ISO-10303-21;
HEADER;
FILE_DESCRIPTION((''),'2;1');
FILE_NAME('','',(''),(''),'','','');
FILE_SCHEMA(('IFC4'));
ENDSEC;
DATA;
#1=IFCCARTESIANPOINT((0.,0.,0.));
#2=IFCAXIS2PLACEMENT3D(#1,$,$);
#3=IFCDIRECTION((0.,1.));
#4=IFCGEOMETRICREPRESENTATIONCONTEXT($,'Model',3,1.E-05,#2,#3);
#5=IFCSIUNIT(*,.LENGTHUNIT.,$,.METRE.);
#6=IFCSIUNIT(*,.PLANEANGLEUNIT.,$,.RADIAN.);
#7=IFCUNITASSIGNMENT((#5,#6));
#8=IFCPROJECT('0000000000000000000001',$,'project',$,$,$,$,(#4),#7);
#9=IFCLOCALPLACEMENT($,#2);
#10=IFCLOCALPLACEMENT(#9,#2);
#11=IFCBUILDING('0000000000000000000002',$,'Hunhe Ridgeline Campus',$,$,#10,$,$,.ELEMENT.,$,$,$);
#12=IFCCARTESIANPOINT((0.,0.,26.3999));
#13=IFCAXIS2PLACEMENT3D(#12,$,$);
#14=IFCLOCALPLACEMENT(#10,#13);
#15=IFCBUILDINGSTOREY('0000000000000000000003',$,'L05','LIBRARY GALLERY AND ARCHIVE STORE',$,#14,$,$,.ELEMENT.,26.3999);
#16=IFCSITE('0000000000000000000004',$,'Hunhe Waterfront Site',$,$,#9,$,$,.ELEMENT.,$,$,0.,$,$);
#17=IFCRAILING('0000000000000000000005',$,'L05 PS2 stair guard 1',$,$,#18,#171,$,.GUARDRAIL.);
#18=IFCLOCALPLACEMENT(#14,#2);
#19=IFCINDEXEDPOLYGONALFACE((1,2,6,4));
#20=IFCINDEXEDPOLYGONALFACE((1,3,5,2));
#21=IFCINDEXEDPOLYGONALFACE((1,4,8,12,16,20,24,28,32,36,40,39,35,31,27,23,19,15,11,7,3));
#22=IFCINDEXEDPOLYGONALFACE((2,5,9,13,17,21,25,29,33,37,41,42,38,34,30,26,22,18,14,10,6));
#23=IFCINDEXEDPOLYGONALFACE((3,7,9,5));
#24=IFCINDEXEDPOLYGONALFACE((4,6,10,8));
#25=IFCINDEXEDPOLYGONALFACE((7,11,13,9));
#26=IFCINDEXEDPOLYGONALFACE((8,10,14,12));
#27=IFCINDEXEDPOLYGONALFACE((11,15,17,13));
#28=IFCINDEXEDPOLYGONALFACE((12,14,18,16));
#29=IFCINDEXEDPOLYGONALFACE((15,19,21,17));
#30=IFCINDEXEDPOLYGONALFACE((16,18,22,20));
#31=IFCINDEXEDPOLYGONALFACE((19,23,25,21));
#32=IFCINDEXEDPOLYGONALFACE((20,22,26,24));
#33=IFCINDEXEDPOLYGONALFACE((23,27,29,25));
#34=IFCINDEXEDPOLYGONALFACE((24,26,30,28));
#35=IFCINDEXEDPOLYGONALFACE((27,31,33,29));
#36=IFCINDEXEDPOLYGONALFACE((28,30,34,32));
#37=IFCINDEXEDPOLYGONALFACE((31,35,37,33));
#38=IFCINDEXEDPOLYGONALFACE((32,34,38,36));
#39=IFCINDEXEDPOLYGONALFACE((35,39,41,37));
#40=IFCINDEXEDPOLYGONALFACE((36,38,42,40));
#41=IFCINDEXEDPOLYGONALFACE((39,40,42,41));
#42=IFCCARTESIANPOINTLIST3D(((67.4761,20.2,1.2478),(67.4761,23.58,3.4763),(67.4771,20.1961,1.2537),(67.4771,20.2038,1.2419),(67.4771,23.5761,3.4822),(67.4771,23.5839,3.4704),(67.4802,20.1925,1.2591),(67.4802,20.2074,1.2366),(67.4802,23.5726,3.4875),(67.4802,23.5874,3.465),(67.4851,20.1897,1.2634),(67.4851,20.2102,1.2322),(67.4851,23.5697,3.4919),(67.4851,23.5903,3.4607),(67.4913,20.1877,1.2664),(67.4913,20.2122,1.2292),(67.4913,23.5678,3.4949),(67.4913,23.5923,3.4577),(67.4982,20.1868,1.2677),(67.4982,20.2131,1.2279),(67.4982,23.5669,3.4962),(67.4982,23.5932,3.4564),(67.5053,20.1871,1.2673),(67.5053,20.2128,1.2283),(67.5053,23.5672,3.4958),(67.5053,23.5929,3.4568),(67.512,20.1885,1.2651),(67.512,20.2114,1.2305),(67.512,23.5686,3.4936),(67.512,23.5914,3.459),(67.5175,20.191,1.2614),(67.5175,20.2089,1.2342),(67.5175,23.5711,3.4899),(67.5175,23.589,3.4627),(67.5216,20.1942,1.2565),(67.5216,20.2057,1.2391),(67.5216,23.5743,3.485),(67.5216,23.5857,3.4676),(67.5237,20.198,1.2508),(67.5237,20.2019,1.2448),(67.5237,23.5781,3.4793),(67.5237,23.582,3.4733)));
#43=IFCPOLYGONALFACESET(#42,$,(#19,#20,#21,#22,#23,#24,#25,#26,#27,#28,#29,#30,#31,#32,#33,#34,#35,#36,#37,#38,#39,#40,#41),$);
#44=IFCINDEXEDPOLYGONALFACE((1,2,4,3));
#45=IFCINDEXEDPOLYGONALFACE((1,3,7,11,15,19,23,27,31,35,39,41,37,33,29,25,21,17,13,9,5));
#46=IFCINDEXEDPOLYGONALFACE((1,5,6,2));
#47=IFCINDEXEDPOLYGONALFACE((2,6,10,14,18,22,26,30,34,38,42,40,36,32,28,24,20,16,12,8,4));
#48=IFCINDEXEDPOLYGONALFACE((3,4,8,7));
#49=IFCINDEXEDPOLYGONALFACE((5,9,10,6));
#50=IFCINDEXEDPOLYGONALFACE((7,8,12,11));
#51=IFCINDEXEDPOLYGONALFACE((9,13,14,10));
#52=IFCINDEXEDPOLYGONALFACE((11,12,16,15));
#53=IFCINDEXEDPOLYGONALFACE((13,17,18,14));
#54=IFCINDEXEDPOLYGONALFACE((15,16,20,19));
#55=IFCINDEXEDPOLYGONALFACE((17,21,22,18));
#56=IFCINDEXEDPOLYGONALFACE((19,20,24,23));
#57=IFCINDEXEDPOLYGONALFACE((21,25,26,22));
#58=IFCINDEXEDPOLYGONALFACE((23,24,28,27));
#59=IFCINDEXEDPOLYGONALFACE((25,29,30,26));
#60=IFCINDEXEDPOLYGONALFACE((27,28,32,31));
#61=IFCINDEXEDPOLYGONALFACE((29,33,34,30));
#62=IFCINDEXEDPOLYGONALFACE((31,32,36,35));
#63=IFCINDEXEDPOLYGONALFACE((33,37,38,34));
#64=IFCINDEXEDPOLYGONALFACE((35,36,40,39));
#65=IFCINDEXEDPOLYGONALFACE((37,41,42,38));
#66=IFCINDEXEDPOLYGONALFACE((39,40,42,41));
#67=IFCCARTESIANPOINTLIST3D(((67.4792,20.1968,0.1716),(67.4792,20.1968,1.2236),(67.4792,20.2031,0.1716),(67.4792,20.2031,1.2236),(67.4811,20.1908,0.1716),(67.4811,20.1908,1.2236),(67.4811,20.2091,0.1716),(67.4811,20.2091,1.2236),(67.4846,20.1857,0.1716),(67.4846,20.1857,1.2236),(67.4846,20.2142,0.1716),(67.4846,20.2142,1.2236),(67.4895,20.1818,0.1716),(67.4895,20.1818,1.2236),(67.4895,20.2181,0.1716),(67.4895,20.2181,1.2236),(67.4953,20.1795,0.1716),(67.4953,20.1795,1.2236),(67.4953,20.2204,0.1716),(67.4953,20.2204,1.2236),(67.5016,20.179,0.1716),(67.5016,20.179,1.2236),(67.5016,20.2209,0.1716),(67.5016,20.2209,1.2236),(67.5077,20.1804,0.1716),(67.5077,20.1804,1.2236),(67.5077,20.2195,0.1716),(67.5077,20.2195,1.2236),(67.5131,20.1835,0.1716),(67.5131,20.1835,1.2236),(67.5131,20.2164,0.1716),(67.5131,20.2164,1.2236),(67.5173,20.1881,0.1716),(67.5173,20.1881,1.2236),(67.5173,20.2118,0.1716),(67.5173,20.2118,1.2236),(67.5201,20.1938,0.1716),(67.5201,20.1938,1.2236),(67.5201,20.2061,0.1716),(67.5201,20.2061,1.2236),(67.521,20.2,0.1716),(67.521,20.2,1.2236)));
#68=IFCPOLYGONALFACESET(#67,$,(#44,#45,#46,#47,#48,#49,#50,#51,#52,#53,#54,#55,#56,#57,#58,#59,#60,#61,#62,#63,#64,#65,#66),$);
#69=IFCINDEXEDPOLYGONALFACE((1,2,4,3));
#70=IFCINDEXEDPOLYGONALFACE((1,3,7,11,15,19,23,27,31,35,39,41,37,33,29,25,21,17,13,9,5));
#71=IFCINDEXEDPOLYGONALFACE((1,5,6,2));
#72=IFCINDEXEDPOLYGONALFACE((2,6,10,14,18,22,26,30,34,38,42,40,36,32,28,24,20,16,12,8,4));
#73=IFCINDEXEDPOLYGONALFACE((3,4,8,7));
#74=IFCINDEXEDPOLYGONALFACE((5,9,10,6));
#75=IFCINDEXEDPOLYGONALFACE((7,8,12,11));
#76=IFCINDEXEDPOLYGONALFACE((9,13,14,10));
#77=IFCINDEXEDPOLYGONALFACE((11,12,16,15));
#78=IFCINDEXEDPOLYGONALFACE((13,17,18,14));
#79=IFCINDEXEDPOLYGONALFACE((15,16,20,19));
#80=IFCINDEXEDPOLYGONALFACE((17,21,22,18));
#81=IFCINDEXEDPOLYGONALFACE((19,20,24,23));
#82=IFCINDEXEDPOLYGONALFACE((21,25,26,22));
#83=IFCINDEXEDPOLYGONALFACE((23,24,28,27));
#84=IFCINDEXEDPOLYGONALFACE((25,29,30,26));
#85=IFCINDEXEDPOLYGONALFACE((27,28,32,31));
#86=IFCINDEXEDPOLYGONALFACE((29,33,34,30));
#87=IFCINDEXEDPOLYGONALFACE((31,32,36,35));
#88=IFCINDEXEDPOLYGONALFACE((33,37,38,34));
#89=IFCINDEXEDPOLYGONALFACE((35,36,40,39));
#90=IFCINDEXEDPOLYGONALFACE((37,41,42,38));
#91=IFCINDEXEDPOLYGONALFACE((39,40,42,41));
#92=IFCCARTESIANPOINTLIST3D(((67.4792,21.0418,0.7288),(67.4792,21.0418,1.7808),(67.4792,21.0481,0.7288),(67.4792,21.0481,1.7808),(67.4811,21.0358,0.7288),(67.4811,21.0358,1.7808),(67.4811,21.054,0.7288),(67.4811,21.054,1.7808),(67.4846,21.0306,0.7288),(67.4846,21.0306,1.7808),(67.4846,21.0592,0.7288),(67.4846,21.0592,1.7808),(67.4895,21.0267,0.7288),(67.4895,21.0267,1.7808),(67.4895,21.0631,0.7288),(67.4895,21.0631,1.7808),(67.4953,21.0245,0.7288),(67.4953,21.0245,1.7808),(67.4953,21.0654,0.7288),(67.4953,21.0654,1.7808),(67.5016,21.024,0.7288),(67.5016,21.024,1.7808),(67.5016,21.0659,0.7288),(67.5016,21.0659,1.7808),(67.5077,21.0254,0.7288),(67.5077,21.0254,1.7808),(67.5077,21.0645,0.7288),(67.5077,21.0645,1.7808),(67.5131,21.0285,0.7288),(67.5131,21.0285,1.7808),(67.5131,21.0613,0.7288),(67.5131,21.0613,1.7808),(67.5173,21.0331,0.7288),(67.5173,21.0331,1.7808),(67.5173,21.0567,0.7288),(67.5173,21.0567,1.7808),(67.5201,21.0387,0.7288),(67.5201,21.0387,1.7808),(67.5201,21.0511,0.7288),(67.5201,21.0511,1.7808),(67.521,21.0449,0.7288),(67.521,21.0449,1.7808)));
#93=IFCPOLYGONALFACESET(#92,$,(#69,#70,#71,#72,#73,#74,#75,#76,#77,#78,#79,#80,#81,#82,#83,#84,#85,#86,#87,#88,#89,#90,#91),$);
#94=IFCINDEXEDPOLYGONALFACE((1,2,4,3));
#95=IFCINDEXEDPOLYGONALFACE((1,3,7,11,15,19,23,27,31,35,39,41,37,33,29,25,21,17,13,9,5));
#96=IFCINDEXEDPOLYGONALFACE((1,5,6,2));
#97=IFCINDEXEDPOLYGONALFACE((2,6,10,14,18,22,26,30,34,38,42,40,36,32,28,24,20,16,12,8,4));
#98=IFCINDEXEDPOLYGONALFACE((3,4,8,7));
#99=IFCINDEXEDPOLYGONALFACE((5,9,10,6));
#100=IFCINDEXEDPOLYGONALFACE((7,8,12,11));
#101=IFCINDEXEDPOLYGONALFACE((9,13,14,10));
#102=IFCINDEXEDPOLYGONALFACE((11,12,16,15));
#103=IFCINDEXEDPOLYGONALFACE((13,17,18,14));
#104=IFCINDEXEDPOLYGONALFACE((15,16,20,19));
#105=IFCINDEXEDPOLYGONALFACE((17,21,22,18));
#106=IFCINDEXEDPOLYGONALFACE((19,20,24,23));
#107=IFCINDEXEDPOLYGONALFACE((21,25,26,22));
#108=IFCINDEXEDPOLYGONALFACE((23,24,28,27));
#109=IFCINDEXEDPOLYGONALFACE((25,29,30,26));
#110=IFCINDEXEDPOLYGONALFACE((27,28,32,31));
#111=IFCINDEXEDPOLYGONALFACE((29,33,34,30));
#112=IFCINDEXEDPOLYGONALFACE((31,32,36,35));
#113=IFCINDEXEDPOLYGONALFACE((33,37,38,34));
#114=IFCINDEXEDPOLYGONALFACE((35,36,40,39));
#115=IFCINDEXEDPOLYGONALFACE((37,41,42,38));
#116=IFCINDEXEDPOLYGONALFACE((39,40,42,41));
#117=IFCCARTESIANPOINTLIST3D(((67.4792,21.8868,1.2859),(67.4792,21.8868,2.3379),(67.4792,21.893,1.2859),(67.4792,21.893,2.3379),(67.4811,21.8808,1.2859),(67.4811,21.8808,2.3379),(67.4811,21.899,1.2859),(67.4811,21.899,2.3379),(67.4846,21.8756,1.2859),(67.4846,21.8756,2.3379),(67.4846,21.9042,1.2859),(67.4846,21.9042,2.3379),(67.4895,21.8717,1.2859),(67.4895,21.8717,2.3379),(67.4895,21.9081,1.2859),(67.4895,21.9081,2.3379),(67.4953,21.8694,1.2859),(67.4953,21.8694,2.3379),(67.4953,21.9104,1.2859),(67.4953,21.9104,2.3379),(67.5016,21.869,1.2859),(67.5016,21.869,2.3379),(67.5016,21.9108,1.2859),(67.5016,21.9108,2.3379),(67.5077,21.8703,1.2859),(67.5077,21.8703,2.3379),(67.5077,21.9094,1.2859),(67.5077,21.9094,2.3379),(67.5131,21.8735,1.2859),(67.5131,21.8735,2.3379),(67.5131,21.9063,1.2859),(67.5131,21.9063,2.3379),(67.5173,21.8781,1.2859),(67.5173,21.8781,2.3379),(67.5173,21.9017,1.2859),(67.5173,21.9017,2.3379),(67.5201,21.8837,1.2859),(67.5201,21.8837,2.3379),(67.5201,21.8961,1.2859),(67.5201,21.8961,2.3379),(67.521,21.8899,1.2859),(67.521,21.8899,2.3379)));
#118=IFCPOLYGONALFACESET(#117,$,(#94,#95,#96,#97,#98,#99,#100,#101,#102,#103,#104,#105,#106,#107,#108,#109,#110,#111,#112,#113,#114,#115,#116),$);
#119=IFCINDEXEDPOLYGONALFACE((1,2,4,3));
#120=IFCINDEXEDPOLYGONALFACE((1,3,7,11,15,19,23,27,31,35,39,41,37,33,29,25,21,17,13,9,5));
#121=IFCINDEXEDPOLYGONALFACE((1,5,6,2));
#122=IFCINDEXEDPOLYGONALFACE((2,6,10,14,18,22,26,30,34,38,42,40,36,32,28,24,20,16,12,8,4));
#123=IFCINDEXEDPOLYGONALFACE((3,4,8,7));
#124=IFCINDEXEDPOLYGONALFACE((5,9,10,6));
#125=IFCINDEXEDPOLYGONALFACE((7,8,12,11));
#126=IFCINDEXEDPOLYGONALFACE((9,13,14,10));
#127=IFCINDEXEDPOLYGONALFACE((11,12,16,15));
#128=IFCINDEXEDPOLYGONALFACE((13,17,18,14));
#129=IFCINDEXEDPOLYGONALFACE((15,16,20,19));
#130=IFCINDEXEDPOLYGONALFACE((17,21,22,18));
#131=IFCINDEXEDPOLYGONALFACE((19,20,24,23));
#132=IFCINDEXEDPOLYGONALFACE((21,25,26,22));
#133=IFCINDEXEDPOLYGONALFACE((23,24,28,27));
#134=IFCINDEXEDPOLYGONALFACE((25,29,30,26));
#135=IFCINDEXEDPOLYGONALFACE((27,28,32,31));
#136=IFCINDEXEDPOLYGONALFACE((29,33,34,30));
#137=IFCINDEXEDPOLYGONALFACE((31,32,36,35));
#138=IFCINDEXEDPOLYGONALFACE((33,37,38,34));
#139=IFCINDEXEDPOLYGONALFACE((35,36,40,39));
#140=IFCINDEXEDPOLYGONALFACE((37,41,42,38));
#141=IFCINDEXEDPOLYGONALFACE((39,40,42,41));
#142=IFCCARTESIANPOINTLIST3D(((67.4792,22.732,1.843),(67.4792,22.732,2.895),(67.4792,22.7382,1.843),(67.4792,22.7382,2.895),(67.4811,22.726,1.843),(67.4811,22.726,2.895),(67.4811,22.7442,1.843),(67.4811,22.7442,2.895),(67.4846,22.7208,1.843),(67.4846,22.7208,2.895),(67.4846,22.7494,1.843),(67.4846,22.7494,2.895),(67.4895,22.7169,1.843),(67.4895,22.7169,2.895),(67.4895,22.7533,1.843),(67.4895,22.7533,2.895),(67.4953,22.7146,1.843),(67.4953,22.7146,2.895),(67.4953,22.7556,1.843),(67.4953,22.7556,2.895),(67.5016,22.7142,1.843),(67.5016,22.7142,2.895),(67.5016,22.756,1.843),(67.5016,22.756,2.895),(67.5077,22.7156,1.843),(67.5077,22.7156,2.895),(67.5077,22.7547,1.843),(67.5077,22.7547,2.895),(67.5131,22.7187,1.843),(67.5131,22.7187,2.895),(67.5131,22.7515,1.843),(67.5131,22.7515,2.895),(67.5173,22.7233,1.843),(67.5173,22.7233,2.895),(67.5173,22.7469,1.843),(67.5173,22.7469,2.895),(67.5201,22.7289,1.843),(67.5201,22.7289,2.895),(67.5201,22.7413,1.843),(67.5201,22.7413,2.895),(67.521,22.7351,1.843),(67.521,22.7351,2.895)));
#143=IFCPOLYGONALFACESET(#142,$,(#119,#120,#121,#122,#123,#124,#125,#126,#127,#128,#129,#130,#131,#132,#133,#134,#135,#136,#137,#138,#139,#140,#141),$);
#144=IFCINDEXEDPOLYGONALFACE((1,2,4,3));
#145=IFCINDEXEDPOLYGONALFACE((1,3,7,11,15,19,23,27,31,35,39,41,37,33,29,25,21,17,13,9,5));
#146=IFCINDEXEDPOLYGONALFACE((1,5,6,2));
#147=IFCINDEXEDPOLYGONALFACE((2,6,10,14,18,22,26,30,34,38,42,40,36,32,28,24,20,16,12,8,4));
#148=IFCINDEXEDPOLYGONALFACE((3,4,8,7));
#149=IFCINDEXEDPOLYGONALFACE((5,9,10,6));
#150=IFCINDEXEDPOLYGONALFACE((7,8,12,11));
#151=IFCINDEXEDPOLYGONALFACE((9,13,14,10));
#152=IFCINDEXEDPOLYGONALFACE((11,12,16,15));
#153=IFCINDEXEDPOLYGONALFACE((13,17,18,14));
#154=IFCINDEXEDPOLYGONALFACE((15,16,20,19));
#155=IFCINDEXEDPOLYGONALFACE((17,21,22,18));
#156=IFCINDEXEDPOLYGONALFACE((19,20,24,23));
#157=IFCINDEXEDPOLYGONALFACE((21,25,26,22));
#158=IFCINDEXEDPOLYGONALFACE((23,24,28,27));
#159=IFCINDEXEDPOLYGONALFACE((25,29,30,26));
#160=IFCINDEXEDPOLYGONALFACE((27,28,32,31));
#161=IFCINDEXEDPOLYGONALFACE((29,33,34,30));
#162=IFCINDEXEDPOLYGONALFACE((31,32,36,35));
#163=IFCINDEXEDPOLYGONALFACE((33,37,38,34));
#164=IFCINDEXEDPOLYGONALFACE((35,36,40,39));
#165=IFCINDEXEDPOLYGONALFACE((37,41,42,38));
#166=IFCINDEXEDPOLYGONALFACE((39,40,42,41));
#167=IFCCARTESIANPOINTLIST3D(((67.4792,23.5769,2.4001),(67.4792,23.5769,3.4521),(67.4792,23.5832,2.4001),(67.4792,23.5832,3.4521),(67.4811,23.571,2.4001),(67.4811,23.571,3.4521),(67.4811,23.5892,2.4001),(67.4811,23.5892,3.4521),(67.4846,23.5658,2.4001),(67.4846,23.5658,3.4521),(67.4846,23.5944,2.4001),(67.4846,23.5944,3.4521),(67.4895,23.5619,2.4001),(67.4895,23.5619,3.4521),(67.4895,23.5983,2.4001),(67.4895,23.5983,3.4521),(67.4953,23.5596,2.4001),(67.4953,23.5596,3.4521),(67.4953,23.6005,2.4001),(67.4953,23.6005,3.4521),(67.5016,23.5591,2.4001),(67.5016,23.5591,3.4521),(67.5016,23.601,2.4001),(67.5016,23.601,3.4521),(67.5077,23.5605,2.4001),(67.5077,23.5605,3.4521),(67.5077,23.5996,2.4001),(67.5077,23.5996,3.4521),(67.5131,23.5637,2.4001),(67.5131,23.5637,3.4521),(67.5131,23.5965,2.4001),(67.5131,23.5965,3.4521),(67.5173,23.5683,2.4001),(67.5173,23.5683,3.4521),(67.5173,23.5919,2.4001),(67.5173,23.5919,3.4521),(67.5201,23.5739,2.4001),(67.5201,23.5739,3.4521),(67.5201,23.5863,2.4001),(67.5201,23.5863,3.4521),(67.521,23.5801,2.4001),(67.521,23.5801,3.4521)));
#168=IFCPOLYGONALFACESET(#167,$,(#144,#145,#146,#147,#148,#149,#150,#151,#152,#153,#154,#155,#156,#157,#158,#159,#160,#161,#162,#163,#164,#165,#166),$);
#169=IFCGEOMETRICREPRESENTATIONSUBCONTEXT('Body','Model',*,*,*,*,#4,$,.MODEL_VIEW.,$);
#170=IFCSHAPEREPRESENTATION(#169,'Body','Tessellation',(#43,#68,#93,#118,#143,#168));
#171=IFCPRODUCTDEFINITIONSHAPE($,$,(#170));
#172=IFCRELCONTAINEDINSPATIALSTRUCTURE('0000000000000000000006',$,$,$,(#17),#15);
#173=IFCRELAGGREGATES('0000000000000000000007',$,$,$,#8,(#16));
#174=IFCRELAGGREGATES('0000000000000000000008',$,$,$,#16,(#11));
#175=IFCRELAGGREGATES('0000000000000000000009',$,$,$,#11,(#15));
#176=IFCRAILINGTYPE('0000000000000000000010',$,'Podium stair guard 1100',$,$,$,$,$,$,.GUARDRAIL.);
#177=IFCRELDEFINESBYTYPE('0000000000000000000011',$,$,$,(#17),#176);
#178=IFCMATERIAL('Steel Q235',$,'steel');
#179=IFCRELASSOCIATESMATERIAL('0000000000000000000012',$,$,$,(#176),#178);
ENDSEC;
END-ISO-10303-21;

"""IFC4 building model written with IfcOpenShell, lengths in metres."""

from ifc_helpers import new_model, si_unit, direction, frame, origin, origin_2d, place, context, subcontext, project, spatial, circle, extrude, material, type_object, element, save


model = new_model("IFC4")

# Units and contexts
model_context = context("Model", 3, precision=1e-05, world=origin(), true_north=direction((0.0, 1.0)))
body_context = subcontext(model_context, "Body", "Model", "MODEL_VIEW")
ifc_project = project(units=[si_unit("LENGTHUNIT", "METRE"), si_unit("PLANEANGLEUNIT", "RADIAN")], contexts=[model_context])

# Site, building, storey
site_placement = place(None, origin())
site = spatial("IfcSite", under=ifc_project, at=site_placement, Name="Hunhe Waterfront Site", CompositionType="ELEMENT", RefElevation=0.0)
building_placement = place(site_placement, origin())
building = spatial("IfcBuilding", under=site, at=building_placement, Name="Hunhe Ridgeline Campus", CompositionType="ELEMENT")
storey_placement = place(building_placement, frame((0.0, 0.0, 26.3999)))
storey = spatial("IfcBuildingStorey", under=building, at=storey_placement, Name="L05", Description="LIBRARY GALLERY AND ARCHIVE STORE", CompositionType="ELEMENT", Elevation=26.3999)

# Shared definitions
ifc_material_1 = material(Name="Steel Q235", Category="steel")

# Railing
railing_type_1 = type_object("IfcRailingType", Name="Podium stair guard 1100", PredefinedType="GUARDRAIL", material=ifc_material_1)
railing_1_placement = place(storey_placement, frame((67.5, 20.2, 0.1716)))
element("IfcRailing", 1, at=railing_1_placement, inside=storey, type_object=railing_type_1, Name="L05 PS2 stair guard 1", PredefinedType="GUARDRAIL", context=body_context, shape_type="SweptSolid", body=[
    extrude(circle(Radius=0.0239, at=origin_2d()), frame((0.0, 0.0, 1.0762), z_axis=(0.0, 0.834878, 0.550435), x_axis=(-1.0, 0.0, 0.0)), (0.0, 0.0, 1.0), 4.0486),
    extrude(circle(Radius=0.021, at=origin_2d()), origin(), (0.0, 0.0, 1.0), 1.052),
    extrude(circle(Radius=0.021, at=origin_2d()), frame((0.0, 0.845, 0.5571)), (0.0, 0.0, 1.0), 1.052),
    extrude(circle(Radius=0.021, at=origin_2d()), frame((0.0, 1.6899, 1.1143)), (0.0, 0.0, 1.0), 1.052),
    extrude(circle(Radius=0.021, at=origin_2d()), frame((0.0, 2.5352, 1.6714)), (0.0, 0.0, 1.0), 1.052),
    extrude(circle(Radius=0.021, at=origin_2d()), frame((0.0, 3.3801, 2.2285)), (0.0, 0.0, 1.0), 1.052),
])

save(model, "model.ifc")
